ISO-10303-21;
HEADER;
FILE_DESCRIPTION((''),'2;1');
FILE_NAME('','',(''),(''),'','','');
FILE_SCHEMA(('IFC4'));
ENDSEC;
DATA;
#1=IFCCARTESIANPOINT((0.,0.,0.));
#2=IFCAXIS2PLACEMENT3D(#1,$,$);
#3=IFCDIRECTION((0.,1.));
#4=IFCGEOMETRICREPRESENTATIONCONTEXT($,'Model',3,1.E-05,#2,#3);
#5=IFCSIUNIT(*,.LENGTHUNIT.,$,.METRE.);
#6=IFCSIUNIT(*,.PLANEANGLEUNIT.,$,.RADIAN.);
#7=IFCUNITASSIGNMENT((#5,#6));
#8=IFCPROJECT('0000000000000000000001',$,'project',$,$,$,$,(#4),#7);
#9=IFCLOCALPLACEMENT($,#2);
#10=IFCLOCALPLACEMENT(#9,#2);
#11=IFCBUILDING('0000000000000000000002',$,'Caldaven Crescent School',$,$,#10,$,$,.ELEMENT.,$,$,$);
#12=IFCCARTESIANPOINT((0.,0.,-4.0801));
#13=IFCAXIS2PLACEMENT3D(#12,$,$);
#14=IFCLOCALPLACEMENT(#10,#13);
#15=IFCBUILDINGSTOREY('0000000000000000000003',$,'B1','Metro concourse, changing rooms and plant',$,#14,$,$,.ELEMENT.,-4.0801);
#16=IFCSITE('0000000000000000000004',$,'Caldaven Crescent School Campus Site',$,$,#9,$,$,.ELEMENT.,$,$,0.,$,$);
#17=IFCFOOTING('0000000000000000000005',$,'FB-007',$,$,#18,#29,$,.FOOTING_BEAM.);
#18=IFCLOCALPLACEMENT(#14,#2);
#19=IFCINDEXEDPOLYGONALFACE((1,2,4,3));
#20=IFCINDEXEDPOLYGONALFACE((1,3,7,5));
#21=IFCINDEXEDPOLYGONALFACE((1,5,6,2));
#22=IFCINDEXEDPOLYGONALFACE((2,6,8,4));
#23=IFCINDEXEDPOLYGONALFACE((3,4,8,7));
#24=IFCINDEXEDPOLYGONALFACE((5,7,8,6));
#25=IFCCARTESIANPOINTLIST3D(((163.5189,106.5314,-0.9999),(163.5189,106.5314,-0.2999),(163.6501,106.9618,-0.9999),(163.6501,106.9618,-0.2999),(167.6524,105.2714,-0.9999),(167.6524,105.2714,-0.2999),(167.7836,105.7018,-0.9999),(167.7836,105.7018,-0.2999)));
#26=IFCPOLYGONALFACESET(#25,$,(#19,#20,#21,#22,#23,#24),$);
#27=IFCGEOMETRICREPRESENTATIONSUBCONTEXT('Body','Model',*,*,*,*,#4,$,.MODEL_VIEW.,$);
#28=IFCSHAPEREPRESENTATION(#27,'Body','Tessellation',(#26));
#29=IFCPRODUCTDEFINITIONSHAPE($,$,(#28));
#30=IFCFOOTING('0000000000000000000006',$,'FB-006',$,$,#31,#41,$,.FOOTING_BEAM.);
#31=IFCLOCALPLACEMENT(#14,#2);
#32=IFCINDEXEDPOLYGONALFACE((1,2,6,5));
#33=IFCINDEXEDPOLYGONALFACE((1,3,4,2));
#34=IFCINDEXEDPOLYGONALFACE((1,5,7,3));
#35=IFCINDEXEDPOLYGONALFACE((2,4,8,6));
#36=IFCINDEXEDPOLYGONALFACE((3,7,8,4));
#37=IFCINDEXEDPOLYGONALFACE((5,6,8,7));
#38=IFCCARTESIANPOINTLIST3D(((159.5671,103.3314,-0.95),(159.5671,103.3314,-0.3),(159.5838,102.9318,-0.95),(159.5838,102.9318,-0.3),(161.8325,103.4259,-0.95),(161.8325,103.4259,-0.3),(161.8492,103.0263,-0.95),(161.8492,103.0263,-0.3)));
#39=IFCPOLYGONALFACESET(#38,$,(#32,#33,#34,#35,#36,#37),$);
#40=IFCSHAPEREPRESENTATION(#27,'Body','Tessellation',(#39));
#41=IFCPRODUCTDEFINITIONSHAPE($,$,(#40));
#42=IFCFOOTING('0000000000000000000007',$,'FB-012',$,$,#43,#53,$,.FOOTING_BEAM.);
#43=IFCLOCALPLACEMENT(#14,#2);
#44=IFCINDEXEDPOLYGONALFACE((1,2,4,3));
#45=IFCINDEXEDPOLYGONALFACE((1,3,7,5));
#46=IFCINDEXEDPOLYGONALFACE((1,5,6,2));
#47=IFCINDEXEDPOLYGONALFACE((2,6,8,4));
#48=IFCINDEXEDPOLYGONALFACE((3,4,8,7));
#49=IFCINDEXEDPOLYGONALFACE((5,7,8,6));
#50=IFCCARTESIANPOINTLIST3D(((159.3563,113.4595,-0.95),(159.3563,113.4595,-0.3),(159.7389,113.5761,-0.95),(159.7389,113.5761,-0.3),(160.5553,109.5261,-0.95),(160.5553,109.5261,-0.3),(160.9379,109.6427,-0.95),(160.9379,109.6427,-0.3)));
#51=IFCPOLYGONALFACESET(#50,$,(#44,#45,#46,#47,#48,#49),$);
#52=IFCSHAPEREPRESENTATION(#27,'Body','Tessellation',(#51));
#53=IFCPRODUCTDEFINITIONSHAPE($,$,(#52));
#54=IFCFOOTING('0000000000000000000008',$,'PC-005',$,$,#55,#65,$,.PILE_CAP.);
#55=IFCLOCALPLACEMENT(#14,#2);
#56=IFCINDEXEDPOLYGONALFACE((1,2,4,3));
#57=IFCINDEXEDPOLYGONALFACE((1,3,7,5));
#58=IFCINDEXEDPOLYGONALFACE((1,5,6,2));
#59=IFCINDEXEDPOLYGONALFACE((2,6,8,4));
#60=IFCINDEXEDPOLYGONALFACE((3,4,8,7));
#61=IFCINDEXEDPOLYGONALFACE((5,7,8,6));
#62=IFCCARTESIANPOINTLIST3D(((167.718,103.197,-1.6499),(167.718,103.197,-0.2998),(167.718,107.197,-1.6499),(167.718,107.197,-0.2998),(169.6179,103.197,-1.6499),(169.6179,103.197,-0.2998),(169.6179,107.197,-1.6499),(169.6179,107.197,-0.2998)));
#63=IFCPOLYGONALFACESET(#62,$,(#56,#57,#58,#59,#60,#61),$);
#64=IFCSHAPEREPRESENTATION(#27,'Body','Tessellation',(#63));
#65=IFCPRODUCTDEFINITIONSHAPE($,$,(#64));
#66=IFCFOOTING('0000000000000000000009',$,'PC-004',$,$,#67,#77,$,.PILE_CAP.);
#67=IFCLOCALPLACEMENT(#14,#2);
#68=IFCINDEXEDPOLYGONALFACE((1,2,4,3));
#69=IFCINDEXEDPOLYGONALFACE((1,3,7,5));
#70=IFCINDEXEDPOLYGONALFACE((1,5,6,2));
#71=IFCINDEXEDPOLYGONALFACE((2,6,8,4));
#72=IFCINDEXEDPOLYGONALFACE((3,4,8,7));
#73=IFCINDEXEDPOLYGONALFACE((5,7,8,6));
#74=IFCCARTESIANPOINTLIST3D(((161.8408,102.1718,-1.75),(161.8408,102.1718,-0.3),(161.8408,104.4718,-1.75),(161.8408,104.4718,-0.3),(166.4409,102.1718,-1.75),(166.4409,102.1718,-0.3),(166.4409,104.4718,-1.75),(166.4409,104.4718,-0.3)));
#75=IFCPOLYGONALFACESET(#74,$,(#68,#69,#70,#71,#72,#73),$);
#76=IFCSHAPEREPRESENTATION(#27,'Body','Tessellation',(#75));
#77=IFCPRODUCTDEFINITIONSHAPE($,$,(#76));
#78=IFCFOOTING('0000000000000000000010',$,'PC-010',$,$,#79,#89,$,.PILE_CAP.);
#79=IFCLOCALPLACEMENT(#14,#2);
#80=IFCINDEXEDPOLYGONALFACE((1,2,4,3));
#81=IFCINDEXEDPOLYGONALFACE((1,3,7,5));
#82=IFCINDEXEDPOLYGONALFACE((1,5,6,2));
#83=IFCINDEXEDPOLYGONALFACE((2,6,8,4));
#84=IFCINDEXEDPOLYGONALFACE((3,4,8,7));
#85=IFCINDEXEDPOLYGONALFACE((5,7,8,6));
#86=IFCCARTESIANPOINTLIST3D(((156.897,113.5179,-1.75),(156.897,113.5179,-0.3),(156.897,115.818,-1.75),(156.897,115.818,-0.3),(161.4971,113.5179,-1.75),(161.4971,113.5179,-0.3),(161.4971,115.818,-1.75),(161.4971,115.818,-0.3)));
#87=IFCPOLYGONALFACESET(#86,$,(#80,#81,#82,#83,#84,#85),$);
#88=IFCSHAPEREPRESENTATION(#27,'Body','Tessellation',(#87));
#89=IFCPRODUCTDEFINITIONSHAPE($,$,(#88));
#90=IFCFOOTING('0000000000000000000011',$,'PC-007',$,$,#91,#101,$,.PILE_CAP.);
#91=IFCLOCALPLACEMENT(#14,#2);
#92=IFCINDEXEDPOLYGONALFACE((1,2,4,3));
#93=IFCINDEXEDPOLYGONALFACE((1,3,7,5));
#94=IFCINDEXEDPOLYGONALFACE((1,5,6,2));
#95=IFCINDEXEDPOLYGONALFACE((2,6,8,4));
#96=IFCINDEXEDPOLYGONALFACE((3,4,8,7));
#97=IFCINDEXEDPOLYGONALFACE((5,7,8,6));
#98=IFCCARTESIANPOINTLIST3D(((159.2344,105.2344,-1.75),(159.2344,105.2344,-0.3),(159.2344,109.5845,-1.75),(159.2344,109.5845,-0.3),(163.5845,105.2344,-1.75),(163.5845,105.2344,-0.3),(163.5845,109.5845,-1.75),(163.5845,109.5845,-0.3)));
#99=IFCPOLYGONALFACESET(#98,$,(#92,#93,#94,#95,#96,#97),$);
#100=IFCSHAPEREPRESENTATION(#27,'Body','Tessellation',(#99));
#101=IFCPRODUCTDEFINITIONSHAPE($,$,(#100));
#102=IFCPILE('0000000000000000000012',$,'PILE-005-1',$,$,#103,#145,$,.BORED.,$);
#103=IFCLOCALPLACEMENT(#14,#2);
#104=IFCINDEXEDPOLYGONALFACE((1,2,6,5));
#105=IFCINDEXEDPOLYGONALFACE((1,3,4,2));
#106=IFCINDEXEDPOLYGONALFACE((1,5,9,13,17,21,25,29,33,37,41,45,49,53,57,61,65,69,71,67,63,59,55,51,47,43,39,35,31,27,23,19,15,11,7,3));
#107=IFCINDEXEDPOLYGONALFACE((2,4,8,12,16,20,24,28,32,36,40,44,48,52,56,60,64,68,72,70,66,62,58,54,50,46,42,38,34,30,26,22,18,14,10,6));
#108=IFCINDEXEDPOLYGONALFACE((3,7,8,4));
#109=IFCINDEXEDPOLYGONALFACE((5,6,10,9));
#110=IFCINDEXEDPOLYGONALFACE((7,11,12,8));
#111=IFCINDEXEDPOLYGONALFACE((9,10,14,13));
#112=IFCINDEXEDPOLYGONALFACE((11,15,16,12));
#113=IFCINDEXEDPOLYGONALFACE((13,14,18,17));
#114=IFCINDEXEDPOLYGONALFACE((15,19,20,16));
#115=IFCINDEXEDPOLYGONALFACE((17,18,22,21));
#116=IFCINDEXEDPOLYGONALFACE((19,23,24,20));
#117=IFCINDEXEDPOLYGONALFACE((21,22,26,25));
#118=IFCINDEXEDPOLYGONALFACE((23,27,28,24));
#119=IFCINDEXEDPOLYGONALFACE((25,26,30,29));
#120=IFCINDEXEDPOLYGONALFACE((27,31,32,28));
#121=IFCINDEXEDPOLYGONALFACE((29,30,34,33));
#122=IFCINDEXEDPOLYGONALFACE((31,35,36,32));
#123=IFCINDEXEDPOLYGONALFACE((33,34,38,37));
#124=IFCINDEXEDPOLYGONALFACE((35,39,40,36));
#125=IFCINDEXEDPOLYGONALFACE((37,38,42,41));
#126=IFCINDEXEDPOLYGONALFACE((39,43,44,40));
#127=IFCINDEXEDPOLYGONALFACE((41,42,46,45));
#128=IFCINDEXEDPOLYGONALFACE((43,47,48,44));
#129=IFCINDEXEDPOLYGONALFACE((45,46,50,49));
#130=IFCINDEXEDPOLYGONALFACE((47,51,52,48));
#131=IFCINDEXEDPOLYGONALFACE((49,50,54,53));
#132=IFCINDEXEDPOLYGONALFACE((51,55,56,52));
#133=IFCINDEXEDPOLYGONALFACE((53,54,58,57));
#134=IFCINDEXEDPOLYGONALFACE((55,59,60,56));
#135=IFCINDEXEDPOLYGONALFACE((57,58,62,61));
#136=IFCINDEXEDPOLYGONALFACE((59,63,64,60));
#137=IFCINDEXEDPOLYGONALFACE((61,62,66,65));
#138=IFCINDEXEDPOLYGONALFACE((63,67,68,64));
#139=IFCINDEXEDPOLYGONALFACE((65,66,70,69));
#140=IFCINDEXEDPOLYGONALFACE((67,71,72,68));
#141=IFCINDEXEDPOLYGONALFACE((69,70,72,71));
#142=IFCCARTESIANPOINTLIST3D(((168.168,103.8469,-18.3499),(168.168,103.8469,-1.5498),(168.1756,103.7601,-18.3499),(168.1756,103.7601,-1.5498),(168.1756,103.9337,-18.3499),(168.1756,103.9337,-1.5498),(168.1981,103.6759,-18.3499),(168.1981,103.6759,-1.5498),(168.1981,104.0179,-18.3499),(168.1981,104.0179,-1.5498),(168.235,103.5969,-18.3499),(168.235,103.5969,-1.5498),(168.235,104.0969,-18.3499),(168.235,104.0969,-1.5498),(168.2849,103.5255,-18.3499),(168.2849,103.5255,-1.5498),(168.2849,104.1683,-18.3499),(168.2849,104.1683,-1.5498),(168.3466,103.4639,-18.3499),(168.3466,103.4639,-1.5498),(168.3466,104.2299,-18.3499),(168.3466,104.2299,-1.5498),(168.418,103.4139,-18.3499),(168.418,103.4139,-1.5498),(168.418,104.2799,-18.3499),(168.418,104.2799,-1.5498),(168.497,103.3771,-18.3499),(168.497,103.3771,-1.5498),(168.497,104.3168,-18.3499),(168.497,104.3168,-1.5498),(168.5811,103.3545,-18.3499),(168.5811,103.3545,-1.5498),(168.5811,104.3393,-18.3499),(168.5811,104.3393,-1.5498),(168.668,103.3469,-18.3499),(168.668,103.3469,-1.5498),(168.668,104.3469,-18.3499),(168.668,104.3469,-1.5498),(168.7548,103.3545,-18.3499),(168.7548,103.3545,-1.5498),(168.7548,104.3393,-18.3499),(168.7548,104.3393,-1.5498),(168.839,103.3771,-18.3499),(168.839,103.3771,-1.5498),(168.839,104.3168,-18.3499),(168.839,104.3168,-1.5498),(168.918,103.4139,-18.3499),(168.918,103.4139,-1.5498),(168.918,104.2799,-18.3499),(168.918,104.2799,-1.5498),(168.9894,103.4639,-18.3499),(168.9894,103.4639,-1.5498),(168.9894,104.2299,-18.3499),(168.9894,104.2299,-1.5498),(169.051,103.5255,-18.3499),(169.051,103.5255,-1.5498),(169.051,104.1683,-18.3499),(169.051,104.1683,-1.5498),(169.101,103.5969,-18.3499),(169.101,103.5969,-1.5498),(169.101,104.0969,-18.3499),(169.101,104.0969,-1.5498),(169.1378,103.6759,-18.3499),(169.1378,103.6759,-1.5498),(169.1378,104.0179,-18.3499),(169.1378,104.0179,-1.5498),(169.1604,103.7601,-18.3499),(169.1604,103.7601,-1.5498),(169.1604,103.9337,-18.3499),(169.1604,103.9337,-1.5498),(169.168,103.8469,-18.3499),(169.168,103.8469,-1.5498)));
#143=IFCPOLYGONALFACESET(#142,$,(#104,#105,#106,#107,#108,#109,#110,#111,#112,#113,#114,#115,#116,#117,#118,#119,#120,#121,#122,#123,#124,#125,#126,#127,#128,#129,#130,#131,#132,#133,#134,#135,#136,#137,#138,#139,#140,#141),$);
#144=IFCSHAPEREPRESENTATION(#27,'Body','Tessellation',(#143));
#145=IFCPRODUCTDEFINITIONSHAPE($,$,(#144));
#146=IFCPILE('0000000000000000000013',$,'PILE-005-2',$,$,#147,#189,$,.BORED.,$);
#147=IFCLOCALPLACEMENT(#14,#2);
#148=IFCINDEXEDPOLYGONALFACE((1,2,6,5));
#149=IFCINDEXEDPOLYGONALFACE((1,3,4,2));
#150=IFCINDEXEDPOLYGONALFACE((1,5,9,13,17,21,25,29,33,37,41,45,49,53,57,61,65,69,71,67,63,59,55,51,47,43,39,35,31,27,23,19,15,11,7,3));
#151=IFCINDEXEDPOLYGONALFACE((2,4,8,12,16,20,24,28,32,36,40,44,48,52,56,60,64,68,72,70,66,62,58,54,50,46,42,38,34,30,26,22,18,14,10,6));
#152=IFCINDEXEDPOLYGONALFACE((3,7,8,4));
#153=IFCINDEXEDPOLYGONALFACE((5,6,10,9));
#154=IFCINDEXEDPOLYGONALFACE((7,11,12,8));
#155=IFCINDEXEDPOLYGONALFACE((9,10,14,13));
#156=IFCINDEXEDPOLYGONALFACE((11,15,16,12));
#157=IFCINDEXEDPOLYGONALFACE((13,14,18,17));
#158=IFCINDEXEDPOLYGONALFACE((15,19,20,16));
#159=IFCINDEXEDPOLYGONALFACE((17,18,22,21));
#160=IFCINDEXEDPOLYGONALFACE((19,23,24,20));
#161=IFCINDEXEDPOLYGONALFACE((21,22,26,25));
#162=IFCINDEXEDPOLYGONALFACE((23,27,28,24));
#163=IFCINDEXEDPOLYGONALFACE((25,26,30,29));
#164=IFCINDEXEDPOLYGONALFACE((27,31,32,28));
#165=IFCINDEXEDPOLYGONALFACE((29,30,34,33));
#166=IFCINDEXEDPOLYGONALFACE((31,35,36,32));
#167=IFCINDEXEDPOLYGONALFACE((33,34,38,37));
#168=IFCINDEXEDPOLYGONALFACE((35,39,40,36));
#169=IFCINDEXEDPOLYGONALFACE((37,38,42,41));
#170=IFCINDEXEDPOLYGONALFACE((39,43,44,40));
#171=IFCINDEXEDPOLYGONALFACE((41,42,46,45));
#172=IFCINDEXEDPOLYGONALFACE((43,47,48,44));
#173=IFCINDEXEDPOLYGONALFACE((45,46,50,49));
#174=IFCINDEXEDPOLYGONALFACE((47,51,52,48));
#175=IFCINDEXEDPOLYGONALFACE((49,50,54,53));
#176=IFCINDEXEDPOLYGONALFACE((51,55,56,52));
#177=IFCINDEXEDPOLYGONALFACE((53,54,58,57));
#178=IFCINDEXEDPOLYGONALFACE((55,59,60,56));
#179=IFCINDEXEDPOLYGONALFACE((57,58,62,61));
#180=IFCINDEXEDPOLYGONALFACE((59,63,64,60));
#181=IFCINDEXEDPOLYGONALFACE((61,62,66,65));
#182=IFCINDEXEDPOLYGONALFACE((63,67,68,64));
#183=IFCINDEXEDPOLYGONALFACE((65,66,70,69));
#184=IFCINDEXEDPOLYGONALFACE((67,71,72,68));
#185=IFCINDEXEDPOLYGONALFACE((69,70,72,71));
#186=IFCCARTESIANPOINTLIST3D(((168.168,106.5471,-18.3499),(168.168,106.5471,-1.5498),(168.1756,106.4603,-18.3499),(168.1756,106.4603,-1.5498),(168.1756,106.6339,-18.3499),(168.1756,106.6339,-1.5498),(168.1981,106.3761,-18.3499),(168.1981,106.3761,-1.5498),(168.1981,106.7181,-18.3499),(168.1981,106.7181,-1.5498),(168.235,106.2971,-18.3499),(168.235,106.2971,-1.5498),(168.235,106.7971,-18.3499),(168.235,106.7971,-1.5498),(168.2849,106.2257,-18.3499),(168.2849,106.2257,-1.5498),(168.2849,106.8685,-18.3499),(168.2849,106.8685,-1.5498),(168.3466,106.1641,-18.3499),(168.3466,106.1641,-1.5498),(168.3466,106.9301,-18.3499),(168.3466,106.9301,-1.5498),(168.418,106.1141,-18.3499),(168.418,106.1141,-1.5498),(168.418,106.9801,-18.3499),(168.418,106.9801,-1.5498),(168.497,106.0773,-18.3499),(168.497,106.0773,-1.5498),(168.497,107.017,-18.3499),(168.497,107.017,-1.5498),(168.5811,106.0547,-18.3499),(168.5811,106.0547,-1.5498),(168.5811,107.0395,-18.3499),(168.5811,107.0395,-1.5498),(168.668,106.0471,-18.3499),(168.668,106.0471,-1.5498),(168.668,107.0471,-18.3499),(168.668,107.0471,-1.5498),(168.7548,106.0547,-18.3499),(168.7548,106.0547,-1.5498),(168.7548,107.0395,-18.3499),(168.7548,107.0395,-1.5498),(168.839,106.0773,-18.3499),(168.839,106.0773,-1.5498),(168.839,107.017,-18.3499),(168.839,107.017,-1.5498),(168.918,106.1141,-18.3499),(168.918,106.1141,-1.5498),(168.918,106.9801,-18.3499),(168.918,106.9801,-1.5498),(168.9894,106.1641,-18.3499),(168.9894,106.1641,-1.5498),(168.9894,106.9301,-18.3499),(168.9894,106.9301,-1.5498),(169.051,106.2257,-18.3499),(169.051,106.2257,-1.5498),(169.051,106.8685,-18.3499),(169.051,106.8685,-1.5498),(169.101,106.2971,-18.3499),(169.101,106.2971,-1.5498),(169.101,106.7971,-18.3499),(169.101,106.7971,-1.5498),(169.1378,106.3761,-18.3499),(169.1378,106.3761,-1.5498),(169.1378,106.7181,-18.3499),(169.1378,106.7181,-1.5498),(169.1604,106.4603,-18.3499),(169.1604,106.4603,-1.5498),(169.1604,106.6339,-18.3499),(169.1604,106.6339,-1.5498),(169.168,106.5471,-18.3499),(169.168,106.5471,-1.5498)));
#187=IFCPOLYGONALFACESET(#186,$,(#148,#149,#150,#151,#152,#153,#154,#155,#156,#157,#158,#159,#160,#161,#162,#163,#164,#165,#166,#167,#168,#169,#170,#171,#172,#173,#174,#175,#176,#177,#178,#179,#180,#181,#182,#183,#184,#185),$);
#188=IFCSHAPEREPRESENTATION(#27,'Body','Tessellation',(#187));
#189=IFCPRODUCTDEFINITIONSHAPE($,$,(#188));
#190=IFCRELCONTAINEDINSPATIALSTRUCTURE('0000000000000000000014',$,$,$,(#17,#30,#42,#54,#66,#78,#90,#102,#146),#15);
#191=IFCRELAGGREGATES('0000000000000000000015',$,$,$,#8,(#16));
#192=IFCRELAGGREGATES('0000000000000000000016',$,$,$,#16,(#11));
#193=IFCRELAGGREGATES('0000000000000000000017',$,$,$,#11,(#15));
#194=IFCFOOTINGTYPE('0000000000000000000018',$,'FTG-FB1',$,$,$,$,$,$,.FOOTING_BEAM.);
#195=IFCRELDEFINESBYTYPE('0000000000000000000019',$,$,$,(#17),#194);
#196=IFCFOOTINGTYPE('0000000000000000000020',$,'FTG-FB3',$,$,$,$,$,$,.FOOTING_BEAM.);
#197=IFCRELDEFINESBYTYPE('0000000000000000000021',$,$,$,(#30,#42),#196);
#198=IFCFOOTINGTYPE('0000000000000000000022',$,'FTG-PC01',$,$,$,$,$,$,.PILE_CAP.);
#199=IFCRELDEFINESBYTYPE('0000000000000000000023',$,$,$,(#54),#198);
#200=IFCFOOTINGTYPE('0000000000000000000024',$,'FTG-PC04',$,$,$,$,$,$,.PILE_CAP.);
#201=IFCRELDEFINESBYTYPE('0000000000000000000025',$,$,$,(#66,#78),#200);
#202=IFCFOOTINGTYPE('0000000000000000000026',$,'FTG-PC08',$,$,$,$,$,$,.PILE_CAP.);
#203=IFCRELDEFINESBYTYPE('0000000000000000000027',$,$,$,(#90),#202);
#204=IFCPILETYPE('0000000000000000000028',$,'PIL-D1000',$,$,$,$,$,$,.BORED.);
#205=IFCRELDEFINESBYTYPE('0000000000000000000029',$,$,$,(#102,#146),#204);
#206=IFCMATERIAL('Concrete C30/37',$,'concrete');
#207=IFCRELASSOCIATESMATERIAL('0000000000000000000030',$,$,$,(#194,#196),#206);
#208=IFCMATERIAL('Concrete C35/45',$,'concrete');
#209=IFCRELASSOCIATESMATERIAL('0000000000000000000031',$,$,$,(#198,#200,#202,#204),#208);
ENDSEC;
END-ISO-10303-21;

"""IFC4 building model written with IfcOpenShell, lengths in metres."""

from ifc_helpers import new_model, si_unit, direction, frame, origin, origin_2d, place, context, subcontext, project, spatial, rectangle, circle, extrude, material, material_profile, profile_set, type_object, element, save


model = new_model("IFC4")

# Units and contexts
model_context = context("Model", 3, precision=1e-05, world=origin(), true_north=direction((0.0, 1.0)))
body_context = subcontext(model_context, "Body", "Model", "MODEL_VIEW")
ifc_project = project(units=[si_unit("LENGTHUNIT", "METRE"), si_unit("PLANEANGLEUNIT", "RADIAN")], contexts=[model_context])

# Site, building, storey
site_placement = place(None, origin())
site = spatial("IfcSite", under=ifc_project, at=site_placement, Name="Caldaven Crescent School Campus Site", CompositionType="ELEMENT", RefElevation=0.0)
building_placement = place(site_placement, origin())
building = spatial("IfcBuilding", under=site, at=building_placement, Name="Caldaven Crescent School", CompositionType="ELEMENT")
storey_placement = place(building_placement, frame((0.0, 0.0, -4.0801)))
storey = spatial("IfcBuildingStorey", under=building, at=storey_placement, Name="B1", Description="Metro concourse, changing rooms and plant", CompositionType="ELEMENT", Elevation=-4.0801)

# Footings
ifc_material_1 = material(Name="Concrete C30/37", Category="concrete")
ifc_material_profile_1 = material_profile(ifc_material_1, rectangle(XDim=0.45, YDim=0.7, at=origin_2d()), Name="FB 450x700")
ifc_profile_set_1 = profile_set([ifc_material_profile_1], Name="Concrete C30/37")
footing_type_1 = type_object("IfcFootingType", Name="FTG-FB1", PredefinedType="FOOTING_BEAM", material=ifc_profile_set_1)
footing_1_placement = place(storey_placement, frame((167.718, 105.4866, -0.6499), z_axis=(-0.956547, 0.29158, 0.0), x_axis=(-0.29158, -0.956547, 0.0)))
element("IfcFooting", 1, at=footing_1_placement, inside=storey, type_object=footing_type_1, Name="FB-007", PredefinedType="FOOTING_BEAM", context=body_context, shape_type="SweptSolid", body=[
    extrude(rectangle(XDim=0.45, YDim=0.7, at=origin_2d()), origin(), (0.0, 0.0, 1.0), 4.3213),
])
ifc_material_profile_2 = material_profile(ifc_material_1, rectangle(XDim=0.3999, YDim=0.6499, at=origin_2d()), Name="FB 400x650")
ifc_profile_set_2 = profile_set([ifc_material_profile_2], Name="Concrete C30/37")
footing_type_2 = type_object("IfcFootingType", Name="FTG-FB3", PredefinedType="FOOTING_BEAM", material=ifc_profile_set_2)
footing_2_placement = place(storey_placement, frame((161.8408, 103.2261, -0.625), z_axis=(-0.999131, -0.041671, 0.0), x_axis=(0.041671, -0.999131, 0.0)))
element("IfcFooting", 2, at=footing_2_placement, inside=storey, type_object=footing_type_2, Name="FB-006", PredefinedType="FOOTING_BEAM", context=body_context, shape_type="SweptSolid", body=[
    extrude(rectangle(XDim=0.3999, YDim=0.6499, at=origin_2d()), origin(), (0.0, 0.0, 1.0), 2.2673),
])
footing_3_placement = place(storey_placement, frame((159.5476, 113.5178, -0.625), z_axis=(0.291577, -0.956547, 0.0), x_axis=(0.956547, 0.291577, 0.0)))
element("IfcFooting", 3, at=footing_3_placement, inside=storey, type_object=footing_type_2, Name="FB-012", PredefinedType="FOOTING_BEAM", context=body_context, shape_type="SweptSolid", body=[
    extrude(rectangle(XDim=0.3999, YDim=0.6499, at=origin_2d()), origin(), (0.0, 0.0, 1.0), 4.1121),
])
ifc_material_2 = material(Name="Concrete C35/45", Category="concrete")
footing_type_3 = type_object("IfcFootingType", Name="FTG-PC01", PredefinedType="PILE_CAP", material=ifc_material_2)
footing_4_placement = place(storey_placement, frame((168.668, 105.197, -1.6499), z_axis=(0.0, 0.0, 1.0), x_axis=(0.0, 1.0, 0.0)))
element("IfcFooting", 4, at=footing_4_placement, inside=storey, type_object=footing_type_3, Name="PC-005", PredefinedType="PILE_CAP", context=body_context, shape_type="SweptSolid", body=[
    extrude(rectangle(XDim=4.0, YDim=1.8999, at=origin_2d()), origin(), (0.0, 0.0, 1.0), 1.3501),
])
footing_type_4 = type_object("IfcFootingType", Name="FTG-PC04", PredefinedType="PILE_CAP", material=ifc_material_2)
for number, where, z_axis, x_axis, name in (
    (5, (164.1409, 103.3218, -1.75), (0.0, 0.0, 1.0), (1.0, 0.0, 0.0), "PC-004"),
    (6, (159.197, 114.668, -1.75), (0.0, 0.0, 1.0), (1.0, 0.0, 0.0), "PC-010"),
):
    element("IfcFooting", number, at=place(storey_placement, frame(where, z_axis=z_axis, x_axis=x_axis)), inside=storey, type_object=footing_type_4, Name=name, PredefinedType="PILE_CAP", context=body_context, shape_type="SweptSolid", body=[
        extrude(rectangle(XDim=4.6001, YDim=2.3, at=origin_2d()), origin(), (0.0, 0.0, 1.0), 1.45),
    ])
footing_type_5 = type_object("IfcFootingType", Name="FTG-PC08", PredefinedType="PILE_CAP", material=ifc_material_2)
footing_5_placement = place(storey_placement, frame((161.4094, 107.4094, -1.75), z_axis=(0.0, 0.0, 1.0), x_axis=(1.0, 0.0, 0.0)))
element("IfcFooting", 7, at=footing_5_placement, inside=storey, type_object=footing_type_5, Name="PC-007", PredefinedType="PILE_CAP", context=body_context, shape_type="SweptSolid", body=[
    extrude(rectangle(XDim=4.3501, YDim=4.3501, at=origin_2d()), origin(), (0.0, 0.0, 1.0), 1.45),
])

# Piles
ifc_material_profile_3 = material_profile(ifc_material_2, circle(Radius=0.5, at=origin_2d()), Name="PILE D1000")
ifc_profile_set_3 = profile_set([ifc_material_profile_3], Name="Concrete C35/45")
pile_type_1 = type_object("IfcPileType", Name="PIL-D1000", PredefinedType="BORED", material=ifc_profile_set_3)
for number, where, z_axis, x_axis, name in (
    (8, (168.668, 103.8469, -1.5498), (0.0, 0.0, -1.0), (1.0, 0.0, 0.0), "PILE-005-1"),
    (9, (168.668, 106.5471, -1.5498), (0.0, 0.0, -1.0), (1.0, 0.0, 0.0), "PILE-005-2"),
):
    element("IfcPile", number, at=place(storey_placement, frame(where, z_axis=z_axis, x_axis=x_axis)), inside=storey, type_object=pile_type_1, Name=name, PredefinedType="BORED", context=body_context, shape_type="SweptSolid", body=[
        extrude(circle(Radius=0.5, at=origin_2d()), origin(), (0.0, 0.0, 1.0), 16.8),
    ])

save(model, "model.ifc")
